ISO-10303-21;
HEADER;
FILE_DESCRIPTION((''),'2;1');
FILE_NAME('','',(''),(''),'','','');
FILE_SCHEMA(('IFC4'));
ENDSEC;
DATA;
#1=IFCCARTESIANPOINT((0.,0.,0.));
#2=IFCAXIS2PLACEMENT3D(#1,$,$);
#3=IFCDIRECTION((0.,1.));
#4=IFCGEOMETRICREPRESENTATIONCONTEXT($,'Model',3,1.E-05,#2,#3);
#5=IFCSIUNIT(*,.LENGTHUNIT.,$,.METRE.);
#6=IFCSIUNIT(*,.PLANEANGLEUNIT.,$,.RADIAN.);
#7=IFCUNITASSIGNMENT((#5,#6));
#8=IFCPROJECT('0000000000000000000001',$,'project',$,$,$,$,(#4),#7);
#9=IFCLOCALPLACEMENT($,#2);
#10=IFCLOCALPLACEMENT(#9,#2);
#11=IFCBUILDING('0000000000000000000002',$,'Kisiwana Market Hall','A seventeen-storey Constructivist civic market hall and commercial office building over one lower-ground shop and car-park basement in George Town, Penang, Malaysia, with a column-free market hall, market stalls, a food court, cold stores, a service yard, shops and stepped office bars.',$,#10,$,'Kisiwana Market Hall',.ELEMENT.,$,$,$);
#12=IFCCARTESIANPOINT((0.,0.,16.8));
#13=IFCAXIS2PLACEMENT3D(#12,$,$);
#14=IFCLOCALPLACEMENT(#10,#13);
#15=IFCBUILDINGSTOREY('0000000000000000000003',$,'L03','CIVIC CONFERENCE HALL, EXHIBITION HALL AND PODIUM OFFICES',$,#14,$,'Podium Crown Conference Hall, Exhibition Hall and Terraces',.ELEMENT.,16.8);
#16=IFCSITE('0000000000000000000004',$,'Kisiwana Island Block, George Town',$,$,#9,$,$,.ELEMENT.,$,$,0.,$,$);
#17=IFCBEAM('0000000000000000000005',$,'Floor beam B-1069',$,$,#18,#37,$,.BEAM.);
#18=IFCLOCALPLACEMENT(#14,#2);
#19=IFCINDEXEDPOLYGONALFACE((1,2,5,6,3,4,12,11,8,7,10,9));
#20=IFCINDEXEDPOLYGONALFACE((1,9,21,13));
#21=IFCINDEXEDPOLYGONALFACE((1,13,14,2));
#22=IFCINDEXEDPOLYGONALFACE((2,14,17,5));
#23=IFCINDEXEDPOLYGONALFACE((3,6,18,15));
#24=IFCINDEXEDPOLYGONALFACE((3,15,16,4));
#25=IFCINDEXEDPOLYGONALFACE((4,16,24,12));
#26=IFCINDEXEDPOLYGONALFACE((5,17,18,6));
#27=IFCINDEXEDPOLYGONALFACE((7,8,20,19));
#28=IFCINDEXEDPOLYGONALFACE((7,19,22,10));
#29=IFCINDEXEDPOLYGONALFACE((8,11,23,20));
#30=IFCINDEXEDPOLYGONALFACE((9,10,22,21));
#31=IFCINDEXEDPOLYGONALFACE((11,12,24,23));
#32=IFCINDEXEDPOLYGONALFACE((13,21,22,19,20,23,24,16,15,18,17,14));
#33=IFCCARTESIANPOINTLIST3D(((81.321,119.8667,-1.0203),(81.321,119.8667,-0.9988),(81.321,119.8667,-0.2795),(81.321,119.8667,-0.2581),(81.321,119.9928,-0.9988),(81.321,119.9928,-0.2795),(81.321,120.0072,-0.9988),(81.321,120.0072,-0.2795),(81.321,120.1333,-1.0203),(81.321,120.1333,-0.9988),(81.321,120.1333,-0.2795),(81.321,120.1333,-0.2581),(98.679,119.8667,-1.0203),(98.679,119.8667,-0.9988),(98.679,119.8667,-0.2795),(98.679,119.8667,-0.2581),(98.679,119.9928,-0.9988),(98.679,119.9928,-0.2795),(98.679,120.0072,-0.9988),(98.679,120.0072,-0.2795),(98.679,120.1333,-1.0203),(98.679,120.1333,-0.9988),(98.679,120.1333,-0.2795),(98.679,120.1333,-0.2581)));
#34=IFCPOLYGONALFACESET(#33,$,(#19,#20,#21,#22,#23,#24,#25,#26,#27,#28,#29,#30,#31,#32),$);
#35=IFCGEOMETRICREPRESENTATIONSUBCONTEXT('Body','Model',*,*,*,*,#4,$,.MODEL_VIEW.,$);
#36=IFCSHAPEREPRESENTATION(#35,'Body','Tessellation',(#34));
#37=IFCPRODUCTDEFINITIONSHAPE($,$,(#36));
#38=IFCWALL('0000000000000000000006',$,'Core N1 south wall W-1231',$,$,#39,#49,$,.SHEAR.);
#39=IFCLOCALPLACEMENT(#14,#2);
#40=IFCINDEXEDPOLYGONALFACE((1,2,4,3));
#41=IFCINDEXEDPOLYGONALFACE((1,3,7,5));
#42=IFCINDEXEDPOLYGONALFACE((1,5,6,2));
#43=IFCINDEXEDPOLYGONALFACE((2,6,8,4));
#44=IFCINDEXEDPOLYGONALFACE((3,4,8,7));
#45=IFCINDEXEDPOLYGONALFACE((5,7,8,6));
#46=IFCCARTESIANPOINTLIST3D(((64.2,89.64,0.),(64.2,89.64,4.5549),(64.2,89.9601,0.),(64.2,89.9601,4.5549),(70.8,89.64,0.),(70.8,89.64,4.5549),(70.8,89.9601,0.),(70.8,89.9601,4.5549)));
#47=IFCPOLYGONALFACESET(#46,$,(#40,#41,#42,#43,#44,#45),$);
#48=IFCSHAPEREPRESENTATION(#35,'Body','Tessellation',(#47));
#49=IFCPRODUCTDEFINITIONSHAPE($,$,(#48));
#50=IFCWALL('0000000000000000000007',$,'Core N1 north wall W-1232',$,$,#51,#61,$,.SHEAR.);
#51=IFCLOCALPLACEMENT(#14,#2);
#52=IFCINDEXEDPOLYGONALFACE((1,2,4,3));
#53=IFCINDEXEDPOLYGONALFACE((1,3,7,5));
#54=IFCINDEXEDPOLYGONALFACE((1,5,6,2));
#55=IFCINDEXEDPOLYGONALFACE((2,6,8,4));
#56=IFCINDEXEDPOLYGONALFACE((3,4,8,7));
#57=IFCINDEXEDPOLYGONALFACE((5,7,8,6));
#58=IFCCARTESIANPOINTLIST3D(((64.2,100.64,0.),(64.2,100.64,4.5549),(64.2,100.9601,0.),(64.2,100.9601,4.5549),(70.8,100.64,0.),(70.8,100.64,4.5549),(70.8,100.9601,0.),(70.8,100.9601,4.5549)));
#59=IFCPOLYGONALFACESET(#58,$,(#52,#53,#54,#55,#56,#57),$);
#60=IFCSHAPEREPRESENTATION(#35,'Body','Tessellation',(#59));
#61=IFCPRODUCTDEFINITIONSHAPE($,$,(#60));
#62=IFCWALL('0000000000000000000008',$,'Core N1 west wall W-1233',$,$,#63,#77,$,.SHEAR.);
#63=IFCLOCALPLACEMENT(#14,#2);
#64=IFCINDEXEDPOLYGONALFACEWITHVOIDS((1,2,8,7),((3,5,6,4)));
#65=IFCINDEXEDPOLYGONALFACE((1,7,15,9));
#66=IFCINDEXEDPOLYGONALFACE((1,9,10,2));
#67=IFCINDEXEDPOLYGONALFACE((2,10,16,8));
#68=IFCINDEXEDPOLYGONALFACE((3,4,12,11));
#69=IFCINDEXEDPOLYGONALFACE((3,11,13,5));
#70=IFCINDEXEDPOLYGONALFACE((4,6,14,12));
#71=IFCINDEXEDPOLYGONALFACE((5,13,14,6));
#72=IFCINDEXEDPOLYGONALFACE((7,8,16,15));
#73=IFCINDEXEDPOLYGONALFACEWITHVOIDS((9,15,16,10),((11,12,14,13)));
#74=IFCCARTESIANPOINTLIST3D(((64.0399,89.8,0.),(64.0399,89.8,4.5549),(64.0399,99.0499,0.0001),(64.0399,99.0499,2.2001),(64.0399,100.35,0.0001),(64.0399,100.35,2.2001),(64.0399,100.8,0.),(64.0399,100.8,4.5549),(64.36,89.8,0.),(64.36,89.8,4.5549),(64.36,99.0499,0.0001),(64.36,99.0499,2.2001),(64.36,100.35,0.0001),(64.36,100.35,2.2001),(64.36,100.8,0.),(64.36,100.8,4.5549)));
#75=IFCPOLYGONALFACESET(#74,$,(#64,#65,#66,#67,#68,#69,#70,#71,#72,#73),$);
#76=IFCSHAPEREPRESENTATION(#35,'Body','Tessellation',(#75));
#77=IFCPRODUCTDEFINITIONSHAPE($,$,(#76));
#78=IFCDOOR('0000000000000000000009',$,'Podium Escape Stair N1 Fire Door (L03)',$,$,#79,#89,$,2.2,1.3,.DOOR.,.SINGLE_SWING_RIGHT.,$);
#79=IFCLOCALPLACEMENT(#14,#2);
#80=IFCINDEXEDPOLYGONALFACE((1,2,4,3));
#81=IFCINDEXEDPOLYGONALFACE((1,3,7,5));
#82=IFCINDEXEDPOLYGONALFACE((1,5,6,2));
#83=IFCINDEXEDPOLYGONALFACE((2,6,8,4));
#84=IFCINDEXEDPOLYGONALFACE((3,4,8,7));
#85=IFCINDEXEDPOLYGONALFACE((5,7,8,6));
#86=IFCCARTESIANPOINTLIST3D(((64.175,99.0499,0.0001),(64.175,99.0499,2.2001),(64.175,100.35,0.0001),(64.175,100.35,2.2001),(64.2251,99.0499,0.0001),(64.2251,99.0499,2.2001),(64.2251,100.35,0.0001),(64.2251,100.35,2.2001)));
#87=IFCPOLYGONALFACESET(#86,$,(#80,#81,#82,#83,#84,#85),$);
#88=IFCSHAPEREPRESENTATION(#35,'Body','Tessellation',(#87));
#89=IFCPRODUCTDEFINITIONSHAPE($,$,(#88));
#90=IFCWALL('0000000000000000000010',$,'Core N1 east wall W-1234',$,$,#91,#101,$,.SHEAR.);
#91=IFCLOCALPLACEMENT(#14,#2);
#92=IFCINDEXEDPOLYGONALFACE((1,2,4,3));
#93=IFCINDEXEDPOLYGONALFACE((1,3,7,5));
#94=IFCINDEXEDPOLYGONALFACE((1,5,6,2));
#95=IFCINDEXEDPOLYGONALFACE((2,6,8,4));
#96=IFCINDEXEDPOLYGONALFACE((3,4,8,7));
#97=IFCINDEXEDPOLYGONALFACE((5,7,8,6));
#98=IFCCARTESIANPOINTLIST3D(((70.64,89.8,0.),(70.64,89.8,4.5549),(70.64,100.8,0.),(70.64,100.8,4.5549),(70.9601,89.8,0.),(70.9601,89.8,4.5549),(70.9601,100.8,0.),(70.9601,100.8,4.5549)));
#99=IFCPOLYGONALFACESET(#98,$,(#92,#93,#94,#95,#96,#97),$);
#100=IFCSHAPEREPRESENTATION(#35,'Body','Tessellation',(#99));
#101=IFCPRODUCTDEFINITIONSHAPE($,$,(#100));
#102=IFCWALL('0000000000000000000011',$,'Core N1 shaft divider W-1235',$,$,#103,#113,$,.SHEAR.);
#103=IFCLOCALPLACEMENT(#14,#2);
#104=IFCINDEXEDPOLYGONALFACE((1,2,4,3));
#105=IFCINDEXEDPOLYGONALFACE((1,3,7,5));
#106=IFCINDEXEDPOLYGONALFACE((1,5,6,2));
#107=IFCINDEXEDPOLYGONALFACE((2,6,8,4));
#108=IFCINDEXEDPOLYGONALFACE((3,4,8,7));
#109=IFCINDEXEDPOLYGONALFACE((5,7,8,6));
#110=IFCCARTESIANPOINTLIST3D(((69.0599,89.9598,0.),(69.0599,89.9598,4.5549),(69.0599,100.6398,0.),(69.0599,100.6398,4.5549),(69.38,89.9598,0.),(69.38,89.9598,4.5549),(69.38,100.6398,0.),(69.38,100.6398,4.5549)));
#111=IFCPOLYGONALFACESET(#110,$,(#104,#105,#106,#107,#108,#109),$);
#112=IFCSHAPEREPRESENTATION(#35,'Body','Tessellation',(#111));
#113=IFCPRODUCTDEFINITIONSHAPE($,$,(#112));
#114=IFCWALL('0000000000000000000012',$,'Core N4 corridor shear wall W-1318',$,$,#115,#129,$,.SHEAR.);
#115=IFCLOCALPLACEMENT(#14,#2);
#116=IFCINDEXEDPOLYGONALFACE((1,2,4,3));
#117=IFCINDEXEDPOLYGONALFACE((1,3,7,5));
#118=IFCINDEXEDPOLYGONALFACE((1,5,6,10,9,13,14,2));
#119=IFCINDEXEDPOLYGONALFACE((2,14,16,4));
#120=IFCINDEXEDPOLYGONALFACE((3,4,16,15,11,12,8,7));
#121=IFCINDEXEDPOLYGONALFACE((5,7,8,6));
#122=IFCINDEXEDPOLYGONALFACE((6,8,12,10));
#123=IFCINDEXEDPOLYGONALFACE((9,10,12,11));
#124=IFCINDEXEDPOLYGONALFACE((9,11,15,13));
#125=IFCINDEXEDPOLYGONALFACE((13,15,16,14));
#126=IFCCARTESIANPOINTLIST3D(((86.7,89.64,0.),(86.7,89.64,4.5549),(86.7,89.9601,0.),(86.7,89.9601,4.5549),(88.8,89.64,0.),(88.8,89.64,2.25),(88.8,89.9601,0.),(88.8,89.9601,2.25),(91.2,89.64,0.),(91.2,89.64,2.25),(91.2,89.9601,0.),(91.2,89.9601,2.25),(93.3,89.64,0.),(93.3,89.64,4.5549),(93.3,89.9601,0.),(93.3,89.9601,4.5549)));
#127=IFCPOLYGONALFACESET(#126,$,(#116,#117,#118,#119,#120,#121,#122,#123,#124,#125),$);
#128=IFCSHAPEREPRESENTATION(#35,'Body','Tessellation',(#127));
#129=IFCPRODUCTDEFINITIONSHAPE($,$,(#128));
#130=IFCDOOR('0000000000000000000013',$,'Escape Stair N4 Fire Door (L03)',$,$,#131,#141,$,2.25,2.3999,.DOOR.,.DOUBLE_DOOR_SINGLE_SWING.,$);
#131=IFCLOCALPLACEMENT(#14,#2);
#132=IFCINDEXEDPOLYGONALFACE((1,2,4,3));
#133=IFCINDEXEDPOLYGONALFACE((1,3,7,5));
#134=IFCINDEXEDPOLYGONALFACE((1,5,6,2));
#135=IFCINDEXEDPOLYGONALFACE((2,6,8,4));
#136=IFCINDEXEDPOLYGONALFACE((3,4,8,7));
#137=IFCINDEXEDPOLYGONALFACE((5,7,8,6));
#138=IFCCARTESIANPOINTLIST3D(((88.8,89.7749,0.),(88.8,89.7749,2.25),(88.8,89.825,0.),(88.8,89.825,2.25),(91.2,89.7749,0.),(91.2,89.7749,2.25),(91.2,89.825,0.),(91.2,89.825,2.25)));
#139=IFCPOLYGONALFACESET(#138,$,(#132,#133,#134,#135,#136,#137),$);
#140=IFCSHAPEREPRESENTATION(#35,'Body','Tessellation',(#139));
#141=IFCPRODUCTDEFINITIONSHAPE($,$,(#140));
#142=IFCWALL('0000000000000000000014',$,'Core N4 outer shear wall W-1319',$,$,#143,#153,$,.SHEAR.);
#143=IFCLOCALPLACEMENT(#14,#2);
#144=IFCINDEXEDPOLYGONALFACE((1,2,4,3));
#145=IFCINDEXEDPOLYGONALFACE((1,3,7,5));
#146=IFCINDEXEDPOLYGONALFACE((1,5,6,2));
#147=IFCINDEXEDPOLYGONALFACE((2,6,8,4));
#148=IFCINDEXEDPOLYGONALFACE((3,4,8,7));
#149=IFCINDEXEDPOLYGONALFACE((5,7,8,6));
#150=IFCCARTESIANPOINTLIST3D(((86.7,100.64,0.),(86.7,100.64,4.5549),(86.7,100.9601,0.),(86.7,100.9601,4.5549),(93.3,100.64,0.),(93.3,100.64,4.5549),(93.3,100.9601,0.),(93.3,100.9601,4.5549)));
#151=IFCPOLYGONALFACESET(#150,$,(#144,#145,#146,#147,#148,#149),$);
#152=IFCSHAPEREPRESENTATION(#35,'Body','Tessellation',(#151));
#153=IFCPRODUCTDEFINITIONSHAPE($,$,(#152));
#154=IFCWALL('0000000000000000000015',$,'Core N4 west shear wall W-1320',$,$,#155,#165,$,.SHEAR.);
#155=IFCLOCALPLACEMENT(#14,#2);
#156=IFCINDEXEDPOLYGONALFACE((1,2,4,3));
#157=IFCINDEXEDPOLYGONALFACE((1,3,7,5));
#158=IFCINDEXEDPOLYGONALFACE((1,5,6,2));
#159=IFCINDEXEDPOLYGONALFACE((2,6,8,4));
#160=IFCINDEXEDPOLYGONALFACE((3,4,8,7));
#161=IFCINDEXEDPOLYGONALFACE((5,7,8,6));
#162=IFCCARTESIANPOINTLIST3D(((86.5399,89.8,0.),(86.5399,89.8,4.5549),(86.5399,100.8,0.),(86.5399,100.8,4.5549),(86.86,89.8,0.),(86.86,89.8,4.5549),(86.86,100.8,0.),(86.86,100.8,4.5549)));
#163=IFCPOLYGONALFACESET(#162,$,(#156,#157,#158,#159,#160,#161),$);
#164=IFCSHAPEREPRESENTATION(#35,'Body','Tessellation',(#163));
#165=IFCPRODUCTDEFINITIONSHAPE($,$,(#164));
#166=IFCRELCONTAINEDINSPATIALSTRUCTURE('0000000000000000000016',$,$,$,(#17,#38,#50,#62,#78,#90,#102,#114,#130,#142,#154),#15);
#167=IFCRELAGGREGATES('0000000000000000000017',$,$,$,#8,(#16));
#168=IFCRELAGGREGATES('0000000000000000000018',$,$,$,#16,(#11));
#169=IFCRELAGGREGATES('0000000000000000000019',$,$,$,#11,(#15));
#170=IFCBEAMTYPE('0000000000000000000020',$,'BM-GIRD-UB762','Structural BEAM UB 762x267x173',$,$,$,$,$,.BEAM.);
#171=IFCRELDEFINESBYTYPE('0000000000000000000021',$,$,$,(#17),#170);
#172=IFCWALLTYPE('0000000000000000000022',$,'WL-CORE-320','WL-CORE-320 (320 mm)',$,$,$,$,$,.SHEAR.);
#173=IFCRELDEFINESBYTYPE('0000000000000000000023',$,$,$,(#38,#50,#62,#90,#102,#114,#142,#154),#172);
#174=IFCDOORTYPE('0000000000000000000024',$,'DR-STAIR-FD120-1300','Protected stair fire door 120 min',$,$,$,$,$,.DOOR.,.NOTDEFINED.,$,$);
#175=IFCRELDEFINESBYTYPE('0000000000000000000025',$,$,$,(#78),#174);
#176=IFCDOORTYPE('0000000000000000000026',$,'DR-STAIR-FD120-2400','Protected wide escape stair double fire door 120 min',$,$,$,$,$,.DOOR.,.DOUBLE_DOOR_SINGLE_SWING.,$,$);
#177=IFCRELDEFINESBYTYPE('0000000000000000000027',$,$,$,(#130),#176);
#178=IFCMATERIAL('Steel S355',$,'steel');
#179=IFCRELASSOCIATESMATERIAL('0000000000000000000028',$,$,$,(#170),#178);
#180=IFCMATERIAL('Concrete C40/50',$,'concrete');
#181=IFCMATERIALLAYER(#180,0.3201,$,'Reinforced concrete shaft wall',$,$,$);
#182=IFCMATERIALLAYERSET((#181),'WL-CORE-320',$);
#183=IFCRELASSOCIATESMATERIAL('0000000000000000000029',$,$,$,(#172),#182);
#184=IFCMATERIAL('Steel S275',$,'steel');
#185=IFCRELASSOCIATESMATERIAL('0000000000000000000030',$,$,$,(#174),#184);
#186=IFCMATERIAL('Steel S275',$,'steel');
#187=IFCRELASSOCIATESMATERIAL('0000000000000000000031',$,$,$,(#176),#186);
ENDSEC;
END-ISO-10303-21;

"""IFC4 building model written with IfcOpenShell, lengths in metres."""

from ifc_helpers import new_model, si_unit, direction, frame, frame_2d, origin, origin_2d, place, context, subcontext, project, spatial, rectangle, i_section, extrude, material, layer, layer_set, material_profile, profile_set, type_object, element, fill, save


model = new_model("IFC4")

# Units and contexts
model_context = context("Model", 3, precision=1e-05, world=origin(), true_north=direction((0.0, 1.0)))
body_context = subcontext(model_context, "Body", "Model", "MODEL_VIEW")
ifc_project = project(units=[si_unit("LENGTHUNIT", "METRE"), si_unit("PLANEANGLEUNIT", "RADIAN")], contexts=[model_context])

# Site, building, storey
site_placement = place(None, origin())
site = spatial("IfcSite", under=ifc_project, at=site_placement, Name="Kisiwana Island Block, George Town", CompositionType="ELEMENT", RefElevation=0.0)
building_placement = place(site_placement, origin())
building = spatial("IfcBuilding", under=site, at=building_placement, Name="Kisiwana Market Hall", Description="A seventeen-storey Constructivist civic market hall and commercial office building over one lower-ground shop and car-park basement in George Town, Penang, Malaysia, with a column-free market hall, market stalls, a food court, cold stores, a service yard, shops and stepped office bars.", LongName="Kisiwana Market Hall", CompositionType="ELEMENT")
storey_placement = place(building_placement, frame((0.0, 0.0, 16.8)))
storey = spatial("IfcBuildingStorey", under=building, at=storey_placement, Name="L03", Description="CIVIC CONFERENCE HALL, EXHIBITION HALL AND PODIUM OFFICES", LongName="Podium Crown Conference Hall, Exhibition Hall and Terraces", CompositionType="ELEMENT", Elevation=16.8)

# Beam
ifc_material_1 = material(Name="Steel S355", Category="steel")
ifc_material_profile_1 = material_profile(ifc_material_1, i_section(OverallWidth=0.2666, OverallDepth=0.7622, WebThickness=0.0144, FlangeThickness=0.0215, at=origin_2d()), Name="UB 762x267x173")
ifc_profile_set_1 = profile_set([ifc_material_profile_1], Name="Steel S355")
beam_type_1 = type_object("IfcBeamType", Name="BM-GIRD-UB762", Description="Structural BEAM UB 762x267x173", PredefinedType="BEAM", material=ifc_profile_set_1)
for number, where, z_axis, x_axis, name in (
    (1, (81.321, 120.0, -0.6392), (1.0, 0.0, 0.0), (0.0, 1.0, 0.0), "Floor beam B-1069"),
):
    element("IfcBeam", number, at=place(storey_placement, frame(where, z_axis=z_axis, x_axis=x_axis)), inside=storey, type_object=beam_type_1, Name=name, PredefinedType="BEAM", context=body_context, shape_type="SweptSolid", body=[
        extrude(i_section(OverallWidth=0.2666, OverallDepth=0.7622, WebThickness=0.0144, FlangeThickness=0.0215, at=origin_2d()), origin(), (0.0, 0.0, 1.0), 17.3579),
    ])

# Walls
ifc_material_2 = material(Name="Concrete C40/50", Category="concrete")
ifc_layer_1 = layer(ifc_material_2, 0.3201, Name="Reinforced concrete shaft wall")
ifc_layer_set_1 = layer_set([ifc_layer_1], Name="WL-CORE-320")
wall_type_1 = type_object("IfcWallType", Name="WL-CORE-320", Description="WL-CORE-320 (320 mm)", PredefinedType="SHEAR", material=ifc_layer_set_1)
for number, where, z_axis, x_axis, name in (
    (2, (64.2, 89.8, 0.0), (0.0, 0.0, 1.0), (1.0, 0.0, 0.0), "Core N1 south wall W-1231"),
    (3, (64.2, 100.8, 0.0), (0.0, 0.0, 1.0), (1.0, 0.0, 0.0), "Core N1 north wall W-1232"),
):
    element("IfcWall", number, at=place(storey_placement, frame(where, z_axis=z_axis, x_axis=x_axis)), inside=storey, type_object=wall_type_1, Name=name, PredefinedType="SHEAR", context=body_context, shape_type="SweptSolid", body=[
        extrude(rectangle(XDim=6.6001, YDim=0.3201, at=frame_2d((3.3, 0.0))), origin(), (0.0, 0.0, 1.0), 4.5549),
    ])

# Wall, opening, door
wall_1_placement = place(storey_placement, frame((64.2, 89.8, 0.0), z_axis=(0.0, 0.0, 1.0), x_axis=(0.0, 1.0, 0.0)))
wall_1 = element("IfcWall", 4, at=wall_1_placement, inside=storey, type_object=wall_type_1, Name="Core N1 west wall W-1233", PredefinedType="SHEAR", context=body_context, shape_type="SweptSolid", body=[
    extrude(rectangle(XDim=11.0, YDim=0.3201, at=frame_2d((5.5, 0.0))), origin(), (0.0, 0.0, 1.0), 4.5549),
])
opening_1_placement = place(wall_1_placement, frame((9.25, 0.0, 0.0)))
opening_1 = element("IfcOpeningElement", 5, at=opening_1_placement, cuts=wall_1, PredefinedType="OPENING", context=body_context, shape_type="SweptSolid", body=[
    extrude(rectangle(XDim=1.3, YDim=2.2, at=frame_2d((0.6499, 1.1001))), frame((0.0, 0.1719, 0.0), z_axis=(0.0, -1.0, 0.0), x_axis=(1.0, 0.0, 0.0)), (0.0, 0.0, 1.0), 0.344),
])
ifc_material_3 = material(Name="Steel S275", Category="steel")
door_type_1 = type_object("IfcDoorType", Name="DR-STAIR-FD120-1300", Description="Protected stair fire door 120 min", OperationType="NOTDEFINED", PredefinedType="DOOR", material=ifc_material_3)
door_1_placement = place(opening_1_placement, origin())
door_1 = element("IfcDoor", 6, at=door_1_placement, inside=storey, type_object=door_type_1, Name="Podium Escape Stair N1 Fire Door (L03)", OperationType="SINGLE_SWING_RIGHT", OverallHeight=2.2, OverallWidth=1.3, PredefinedType="DOOR", context=body_context, shape_type="SweptSolid", body=[
    extrude(rectangle(XDim=1.3, YDim=2.2, at=frame_2d((0.6499, 1.1001))), frame((0.0, 0.0249, 0.0), z_axis=(0.0, -1.0, 0.0), x_axis=(1.0, 0.0, 0.0)), (0.0, 0.0, 1.0), 0.05),
])
fill(opening_1, door_1)

# Walls
wall_2_placement = place(storey_placement, frame((70.8, 89.8, 0.0), z_axis=(0.0, 0.0, 1.0), x_axis=(0.0, 1.0, 0.0)))
element("IfcWall", 7, at=wall_2_placement, inside=storey, type_object=wall_type_1, Name="Core N1 east wall W-1234", PredefinedType="SHEAR", context=body_context, shape_type="SweptSolid", body=[
    extrude(rectangle(XDim=11.0, YDim=0.3201, at=frame_2d((5.5, 0.0))), origin(), (0.0, 0.0, 1.0), 4.5549),
])
wall_3_placement = place(storey_placement, frame((69.22, 89.96, 0.0), z_axis=(0.0, 0.0, 1.0), x_axis=(0.0, 1.0, 0.0)))
element("IfcWall", 8, at=wall_3_placement, inside=storey, type_object=wall_type_1, Name="Core N1 shaft divider W-1235", PredefinedType="SHEAR", context=body_context, shape_type="SweptSolid", body=[
    extrude(rectangle(XDim=10.6799, YDim=0.3201, at=frame_2d((5.3398, 0.0))), origin(), (0.0, 0.0, 1.0), 4.5549),
])

# Wall, opening, door
wall_4_placement = place(storey_placement, frame((86.7, 89.8, 0.0), z_axis=(0.0, 0.0, 1.0), x_axis=(1.0, 0.0, 0.0)))
wall_4 = element("IfcWall", 9, at=wall_4_placement, inside=storey, type_object=wall_type_1, Name="Core N4 corridor shear wall W-1318", PredefinedType="SHEAR", context=body_context, shape_type="SweptSolid", body=[
    extrude(rectangle(XDim=6.6001, YDim=0.3201, at=frame_2d((3.3, 0.0))), origin(), (0.0, 0.0, 1.0), 4.5549),
])
opening_2_placement = place(wall_4_placement, frame((2.1001, 0.0, 0.0)))
opening_2 = element("IfcOpeningElement", 10, at=opening_2_placement, cuts=wall_4, PredefinedType="OPENING", context=body_context, shape_type="SweptSolid", body=[
    extrude(rectangle(XDim=2.3999, YDim=2.25, at=frame_2d((1.2, 1.125))), frame((0.0, 0.1719, 0.0), z_axis=(0.0, -1.0, 0.0), x_axis=(1.0, 0.0, 0.0)), (0.0, 0.0, 1.0), 0.344),
])
ifc_material_4 = material(Name="Steel S275", Category="steel")
door_type_2 = type_object("IfcDoorType", Name="DR-STAIR-FD120-2400", Description="Protected wide escape stair double fire door 120 min", OperationType="DOUBLE_DOOR_SINGLE_SWING", PredefinedType="DOOR", material=ifc_material_4)
door_2_placement = place(opening_2_placement, origin())
door_2 = element("IfcDoor", 11, at=door_2_placement, inside=storey, type_object=door_type_2, Name="Escape Stair N4 Fire Door (L03)", OperationType="DOUBLE_DOOR_SINGLE_SWING", OverallHeight=2.25, OverallWidth=2.3999, PredefinedType="DOOR", context=body_context, shape_type="SweptSolid", body=[
    extrude(rectangle(XDim=2.3999, YDim=2.25, at=frame_2d((1.2, 1.125))), frame((0.0, 0.0249, 0.0), z_axis=(0.0, -1.0, 0.0), x_axis=(1.0, 0.0, 0.0)), (0.0, 0.0, 1.0), 0.05),
])
fill(opening_2, door_2)

# Walls
wall_5_placement = place(storey_placement, frame((86.7, 100.8, 0.0), z_axis=(0.0, 0.0, 1.0), x_axis=(1.0, 0.0, 0.0)))
element("IfcWall", 12, at=wall_5_placement, inside=storey, type_object=wall_type_1, Name="Core N4 outer shear wall W-1319", PredefinedType="SHEAR", context=body_context, shape_type="SweptSolid", body=[
    extrude(rectangle(XDim=6.6001, YDim=0.3201, at=frame_2d((3.3, 0.0))), origin(), (0.0, 0.0, 1.0), 4.5549),
])
wall_6_placement = place(storey_placement, frame((86.7, 89.8, 0.0), z_axis=(0.0, 0.0, 1.0), x_axis=(0.0, 1.0, 0.0)))
element("IfcWall", 13, at=wall_6_placement, inside=storey, type_object=wall_type_1, Name="Core N4 west shear wall W-1320", PredefinedType="SHEAR", context=body_context, shape_type="SweptSolid", body=[
    extrude(rectangle(XDim=11.0, YDim=0.3201, at=frame_2d((5.5, 0.0))), origin(), (0.0, 0.0, 1.0), 4.5549),
])

save(model, "model.ifc")
